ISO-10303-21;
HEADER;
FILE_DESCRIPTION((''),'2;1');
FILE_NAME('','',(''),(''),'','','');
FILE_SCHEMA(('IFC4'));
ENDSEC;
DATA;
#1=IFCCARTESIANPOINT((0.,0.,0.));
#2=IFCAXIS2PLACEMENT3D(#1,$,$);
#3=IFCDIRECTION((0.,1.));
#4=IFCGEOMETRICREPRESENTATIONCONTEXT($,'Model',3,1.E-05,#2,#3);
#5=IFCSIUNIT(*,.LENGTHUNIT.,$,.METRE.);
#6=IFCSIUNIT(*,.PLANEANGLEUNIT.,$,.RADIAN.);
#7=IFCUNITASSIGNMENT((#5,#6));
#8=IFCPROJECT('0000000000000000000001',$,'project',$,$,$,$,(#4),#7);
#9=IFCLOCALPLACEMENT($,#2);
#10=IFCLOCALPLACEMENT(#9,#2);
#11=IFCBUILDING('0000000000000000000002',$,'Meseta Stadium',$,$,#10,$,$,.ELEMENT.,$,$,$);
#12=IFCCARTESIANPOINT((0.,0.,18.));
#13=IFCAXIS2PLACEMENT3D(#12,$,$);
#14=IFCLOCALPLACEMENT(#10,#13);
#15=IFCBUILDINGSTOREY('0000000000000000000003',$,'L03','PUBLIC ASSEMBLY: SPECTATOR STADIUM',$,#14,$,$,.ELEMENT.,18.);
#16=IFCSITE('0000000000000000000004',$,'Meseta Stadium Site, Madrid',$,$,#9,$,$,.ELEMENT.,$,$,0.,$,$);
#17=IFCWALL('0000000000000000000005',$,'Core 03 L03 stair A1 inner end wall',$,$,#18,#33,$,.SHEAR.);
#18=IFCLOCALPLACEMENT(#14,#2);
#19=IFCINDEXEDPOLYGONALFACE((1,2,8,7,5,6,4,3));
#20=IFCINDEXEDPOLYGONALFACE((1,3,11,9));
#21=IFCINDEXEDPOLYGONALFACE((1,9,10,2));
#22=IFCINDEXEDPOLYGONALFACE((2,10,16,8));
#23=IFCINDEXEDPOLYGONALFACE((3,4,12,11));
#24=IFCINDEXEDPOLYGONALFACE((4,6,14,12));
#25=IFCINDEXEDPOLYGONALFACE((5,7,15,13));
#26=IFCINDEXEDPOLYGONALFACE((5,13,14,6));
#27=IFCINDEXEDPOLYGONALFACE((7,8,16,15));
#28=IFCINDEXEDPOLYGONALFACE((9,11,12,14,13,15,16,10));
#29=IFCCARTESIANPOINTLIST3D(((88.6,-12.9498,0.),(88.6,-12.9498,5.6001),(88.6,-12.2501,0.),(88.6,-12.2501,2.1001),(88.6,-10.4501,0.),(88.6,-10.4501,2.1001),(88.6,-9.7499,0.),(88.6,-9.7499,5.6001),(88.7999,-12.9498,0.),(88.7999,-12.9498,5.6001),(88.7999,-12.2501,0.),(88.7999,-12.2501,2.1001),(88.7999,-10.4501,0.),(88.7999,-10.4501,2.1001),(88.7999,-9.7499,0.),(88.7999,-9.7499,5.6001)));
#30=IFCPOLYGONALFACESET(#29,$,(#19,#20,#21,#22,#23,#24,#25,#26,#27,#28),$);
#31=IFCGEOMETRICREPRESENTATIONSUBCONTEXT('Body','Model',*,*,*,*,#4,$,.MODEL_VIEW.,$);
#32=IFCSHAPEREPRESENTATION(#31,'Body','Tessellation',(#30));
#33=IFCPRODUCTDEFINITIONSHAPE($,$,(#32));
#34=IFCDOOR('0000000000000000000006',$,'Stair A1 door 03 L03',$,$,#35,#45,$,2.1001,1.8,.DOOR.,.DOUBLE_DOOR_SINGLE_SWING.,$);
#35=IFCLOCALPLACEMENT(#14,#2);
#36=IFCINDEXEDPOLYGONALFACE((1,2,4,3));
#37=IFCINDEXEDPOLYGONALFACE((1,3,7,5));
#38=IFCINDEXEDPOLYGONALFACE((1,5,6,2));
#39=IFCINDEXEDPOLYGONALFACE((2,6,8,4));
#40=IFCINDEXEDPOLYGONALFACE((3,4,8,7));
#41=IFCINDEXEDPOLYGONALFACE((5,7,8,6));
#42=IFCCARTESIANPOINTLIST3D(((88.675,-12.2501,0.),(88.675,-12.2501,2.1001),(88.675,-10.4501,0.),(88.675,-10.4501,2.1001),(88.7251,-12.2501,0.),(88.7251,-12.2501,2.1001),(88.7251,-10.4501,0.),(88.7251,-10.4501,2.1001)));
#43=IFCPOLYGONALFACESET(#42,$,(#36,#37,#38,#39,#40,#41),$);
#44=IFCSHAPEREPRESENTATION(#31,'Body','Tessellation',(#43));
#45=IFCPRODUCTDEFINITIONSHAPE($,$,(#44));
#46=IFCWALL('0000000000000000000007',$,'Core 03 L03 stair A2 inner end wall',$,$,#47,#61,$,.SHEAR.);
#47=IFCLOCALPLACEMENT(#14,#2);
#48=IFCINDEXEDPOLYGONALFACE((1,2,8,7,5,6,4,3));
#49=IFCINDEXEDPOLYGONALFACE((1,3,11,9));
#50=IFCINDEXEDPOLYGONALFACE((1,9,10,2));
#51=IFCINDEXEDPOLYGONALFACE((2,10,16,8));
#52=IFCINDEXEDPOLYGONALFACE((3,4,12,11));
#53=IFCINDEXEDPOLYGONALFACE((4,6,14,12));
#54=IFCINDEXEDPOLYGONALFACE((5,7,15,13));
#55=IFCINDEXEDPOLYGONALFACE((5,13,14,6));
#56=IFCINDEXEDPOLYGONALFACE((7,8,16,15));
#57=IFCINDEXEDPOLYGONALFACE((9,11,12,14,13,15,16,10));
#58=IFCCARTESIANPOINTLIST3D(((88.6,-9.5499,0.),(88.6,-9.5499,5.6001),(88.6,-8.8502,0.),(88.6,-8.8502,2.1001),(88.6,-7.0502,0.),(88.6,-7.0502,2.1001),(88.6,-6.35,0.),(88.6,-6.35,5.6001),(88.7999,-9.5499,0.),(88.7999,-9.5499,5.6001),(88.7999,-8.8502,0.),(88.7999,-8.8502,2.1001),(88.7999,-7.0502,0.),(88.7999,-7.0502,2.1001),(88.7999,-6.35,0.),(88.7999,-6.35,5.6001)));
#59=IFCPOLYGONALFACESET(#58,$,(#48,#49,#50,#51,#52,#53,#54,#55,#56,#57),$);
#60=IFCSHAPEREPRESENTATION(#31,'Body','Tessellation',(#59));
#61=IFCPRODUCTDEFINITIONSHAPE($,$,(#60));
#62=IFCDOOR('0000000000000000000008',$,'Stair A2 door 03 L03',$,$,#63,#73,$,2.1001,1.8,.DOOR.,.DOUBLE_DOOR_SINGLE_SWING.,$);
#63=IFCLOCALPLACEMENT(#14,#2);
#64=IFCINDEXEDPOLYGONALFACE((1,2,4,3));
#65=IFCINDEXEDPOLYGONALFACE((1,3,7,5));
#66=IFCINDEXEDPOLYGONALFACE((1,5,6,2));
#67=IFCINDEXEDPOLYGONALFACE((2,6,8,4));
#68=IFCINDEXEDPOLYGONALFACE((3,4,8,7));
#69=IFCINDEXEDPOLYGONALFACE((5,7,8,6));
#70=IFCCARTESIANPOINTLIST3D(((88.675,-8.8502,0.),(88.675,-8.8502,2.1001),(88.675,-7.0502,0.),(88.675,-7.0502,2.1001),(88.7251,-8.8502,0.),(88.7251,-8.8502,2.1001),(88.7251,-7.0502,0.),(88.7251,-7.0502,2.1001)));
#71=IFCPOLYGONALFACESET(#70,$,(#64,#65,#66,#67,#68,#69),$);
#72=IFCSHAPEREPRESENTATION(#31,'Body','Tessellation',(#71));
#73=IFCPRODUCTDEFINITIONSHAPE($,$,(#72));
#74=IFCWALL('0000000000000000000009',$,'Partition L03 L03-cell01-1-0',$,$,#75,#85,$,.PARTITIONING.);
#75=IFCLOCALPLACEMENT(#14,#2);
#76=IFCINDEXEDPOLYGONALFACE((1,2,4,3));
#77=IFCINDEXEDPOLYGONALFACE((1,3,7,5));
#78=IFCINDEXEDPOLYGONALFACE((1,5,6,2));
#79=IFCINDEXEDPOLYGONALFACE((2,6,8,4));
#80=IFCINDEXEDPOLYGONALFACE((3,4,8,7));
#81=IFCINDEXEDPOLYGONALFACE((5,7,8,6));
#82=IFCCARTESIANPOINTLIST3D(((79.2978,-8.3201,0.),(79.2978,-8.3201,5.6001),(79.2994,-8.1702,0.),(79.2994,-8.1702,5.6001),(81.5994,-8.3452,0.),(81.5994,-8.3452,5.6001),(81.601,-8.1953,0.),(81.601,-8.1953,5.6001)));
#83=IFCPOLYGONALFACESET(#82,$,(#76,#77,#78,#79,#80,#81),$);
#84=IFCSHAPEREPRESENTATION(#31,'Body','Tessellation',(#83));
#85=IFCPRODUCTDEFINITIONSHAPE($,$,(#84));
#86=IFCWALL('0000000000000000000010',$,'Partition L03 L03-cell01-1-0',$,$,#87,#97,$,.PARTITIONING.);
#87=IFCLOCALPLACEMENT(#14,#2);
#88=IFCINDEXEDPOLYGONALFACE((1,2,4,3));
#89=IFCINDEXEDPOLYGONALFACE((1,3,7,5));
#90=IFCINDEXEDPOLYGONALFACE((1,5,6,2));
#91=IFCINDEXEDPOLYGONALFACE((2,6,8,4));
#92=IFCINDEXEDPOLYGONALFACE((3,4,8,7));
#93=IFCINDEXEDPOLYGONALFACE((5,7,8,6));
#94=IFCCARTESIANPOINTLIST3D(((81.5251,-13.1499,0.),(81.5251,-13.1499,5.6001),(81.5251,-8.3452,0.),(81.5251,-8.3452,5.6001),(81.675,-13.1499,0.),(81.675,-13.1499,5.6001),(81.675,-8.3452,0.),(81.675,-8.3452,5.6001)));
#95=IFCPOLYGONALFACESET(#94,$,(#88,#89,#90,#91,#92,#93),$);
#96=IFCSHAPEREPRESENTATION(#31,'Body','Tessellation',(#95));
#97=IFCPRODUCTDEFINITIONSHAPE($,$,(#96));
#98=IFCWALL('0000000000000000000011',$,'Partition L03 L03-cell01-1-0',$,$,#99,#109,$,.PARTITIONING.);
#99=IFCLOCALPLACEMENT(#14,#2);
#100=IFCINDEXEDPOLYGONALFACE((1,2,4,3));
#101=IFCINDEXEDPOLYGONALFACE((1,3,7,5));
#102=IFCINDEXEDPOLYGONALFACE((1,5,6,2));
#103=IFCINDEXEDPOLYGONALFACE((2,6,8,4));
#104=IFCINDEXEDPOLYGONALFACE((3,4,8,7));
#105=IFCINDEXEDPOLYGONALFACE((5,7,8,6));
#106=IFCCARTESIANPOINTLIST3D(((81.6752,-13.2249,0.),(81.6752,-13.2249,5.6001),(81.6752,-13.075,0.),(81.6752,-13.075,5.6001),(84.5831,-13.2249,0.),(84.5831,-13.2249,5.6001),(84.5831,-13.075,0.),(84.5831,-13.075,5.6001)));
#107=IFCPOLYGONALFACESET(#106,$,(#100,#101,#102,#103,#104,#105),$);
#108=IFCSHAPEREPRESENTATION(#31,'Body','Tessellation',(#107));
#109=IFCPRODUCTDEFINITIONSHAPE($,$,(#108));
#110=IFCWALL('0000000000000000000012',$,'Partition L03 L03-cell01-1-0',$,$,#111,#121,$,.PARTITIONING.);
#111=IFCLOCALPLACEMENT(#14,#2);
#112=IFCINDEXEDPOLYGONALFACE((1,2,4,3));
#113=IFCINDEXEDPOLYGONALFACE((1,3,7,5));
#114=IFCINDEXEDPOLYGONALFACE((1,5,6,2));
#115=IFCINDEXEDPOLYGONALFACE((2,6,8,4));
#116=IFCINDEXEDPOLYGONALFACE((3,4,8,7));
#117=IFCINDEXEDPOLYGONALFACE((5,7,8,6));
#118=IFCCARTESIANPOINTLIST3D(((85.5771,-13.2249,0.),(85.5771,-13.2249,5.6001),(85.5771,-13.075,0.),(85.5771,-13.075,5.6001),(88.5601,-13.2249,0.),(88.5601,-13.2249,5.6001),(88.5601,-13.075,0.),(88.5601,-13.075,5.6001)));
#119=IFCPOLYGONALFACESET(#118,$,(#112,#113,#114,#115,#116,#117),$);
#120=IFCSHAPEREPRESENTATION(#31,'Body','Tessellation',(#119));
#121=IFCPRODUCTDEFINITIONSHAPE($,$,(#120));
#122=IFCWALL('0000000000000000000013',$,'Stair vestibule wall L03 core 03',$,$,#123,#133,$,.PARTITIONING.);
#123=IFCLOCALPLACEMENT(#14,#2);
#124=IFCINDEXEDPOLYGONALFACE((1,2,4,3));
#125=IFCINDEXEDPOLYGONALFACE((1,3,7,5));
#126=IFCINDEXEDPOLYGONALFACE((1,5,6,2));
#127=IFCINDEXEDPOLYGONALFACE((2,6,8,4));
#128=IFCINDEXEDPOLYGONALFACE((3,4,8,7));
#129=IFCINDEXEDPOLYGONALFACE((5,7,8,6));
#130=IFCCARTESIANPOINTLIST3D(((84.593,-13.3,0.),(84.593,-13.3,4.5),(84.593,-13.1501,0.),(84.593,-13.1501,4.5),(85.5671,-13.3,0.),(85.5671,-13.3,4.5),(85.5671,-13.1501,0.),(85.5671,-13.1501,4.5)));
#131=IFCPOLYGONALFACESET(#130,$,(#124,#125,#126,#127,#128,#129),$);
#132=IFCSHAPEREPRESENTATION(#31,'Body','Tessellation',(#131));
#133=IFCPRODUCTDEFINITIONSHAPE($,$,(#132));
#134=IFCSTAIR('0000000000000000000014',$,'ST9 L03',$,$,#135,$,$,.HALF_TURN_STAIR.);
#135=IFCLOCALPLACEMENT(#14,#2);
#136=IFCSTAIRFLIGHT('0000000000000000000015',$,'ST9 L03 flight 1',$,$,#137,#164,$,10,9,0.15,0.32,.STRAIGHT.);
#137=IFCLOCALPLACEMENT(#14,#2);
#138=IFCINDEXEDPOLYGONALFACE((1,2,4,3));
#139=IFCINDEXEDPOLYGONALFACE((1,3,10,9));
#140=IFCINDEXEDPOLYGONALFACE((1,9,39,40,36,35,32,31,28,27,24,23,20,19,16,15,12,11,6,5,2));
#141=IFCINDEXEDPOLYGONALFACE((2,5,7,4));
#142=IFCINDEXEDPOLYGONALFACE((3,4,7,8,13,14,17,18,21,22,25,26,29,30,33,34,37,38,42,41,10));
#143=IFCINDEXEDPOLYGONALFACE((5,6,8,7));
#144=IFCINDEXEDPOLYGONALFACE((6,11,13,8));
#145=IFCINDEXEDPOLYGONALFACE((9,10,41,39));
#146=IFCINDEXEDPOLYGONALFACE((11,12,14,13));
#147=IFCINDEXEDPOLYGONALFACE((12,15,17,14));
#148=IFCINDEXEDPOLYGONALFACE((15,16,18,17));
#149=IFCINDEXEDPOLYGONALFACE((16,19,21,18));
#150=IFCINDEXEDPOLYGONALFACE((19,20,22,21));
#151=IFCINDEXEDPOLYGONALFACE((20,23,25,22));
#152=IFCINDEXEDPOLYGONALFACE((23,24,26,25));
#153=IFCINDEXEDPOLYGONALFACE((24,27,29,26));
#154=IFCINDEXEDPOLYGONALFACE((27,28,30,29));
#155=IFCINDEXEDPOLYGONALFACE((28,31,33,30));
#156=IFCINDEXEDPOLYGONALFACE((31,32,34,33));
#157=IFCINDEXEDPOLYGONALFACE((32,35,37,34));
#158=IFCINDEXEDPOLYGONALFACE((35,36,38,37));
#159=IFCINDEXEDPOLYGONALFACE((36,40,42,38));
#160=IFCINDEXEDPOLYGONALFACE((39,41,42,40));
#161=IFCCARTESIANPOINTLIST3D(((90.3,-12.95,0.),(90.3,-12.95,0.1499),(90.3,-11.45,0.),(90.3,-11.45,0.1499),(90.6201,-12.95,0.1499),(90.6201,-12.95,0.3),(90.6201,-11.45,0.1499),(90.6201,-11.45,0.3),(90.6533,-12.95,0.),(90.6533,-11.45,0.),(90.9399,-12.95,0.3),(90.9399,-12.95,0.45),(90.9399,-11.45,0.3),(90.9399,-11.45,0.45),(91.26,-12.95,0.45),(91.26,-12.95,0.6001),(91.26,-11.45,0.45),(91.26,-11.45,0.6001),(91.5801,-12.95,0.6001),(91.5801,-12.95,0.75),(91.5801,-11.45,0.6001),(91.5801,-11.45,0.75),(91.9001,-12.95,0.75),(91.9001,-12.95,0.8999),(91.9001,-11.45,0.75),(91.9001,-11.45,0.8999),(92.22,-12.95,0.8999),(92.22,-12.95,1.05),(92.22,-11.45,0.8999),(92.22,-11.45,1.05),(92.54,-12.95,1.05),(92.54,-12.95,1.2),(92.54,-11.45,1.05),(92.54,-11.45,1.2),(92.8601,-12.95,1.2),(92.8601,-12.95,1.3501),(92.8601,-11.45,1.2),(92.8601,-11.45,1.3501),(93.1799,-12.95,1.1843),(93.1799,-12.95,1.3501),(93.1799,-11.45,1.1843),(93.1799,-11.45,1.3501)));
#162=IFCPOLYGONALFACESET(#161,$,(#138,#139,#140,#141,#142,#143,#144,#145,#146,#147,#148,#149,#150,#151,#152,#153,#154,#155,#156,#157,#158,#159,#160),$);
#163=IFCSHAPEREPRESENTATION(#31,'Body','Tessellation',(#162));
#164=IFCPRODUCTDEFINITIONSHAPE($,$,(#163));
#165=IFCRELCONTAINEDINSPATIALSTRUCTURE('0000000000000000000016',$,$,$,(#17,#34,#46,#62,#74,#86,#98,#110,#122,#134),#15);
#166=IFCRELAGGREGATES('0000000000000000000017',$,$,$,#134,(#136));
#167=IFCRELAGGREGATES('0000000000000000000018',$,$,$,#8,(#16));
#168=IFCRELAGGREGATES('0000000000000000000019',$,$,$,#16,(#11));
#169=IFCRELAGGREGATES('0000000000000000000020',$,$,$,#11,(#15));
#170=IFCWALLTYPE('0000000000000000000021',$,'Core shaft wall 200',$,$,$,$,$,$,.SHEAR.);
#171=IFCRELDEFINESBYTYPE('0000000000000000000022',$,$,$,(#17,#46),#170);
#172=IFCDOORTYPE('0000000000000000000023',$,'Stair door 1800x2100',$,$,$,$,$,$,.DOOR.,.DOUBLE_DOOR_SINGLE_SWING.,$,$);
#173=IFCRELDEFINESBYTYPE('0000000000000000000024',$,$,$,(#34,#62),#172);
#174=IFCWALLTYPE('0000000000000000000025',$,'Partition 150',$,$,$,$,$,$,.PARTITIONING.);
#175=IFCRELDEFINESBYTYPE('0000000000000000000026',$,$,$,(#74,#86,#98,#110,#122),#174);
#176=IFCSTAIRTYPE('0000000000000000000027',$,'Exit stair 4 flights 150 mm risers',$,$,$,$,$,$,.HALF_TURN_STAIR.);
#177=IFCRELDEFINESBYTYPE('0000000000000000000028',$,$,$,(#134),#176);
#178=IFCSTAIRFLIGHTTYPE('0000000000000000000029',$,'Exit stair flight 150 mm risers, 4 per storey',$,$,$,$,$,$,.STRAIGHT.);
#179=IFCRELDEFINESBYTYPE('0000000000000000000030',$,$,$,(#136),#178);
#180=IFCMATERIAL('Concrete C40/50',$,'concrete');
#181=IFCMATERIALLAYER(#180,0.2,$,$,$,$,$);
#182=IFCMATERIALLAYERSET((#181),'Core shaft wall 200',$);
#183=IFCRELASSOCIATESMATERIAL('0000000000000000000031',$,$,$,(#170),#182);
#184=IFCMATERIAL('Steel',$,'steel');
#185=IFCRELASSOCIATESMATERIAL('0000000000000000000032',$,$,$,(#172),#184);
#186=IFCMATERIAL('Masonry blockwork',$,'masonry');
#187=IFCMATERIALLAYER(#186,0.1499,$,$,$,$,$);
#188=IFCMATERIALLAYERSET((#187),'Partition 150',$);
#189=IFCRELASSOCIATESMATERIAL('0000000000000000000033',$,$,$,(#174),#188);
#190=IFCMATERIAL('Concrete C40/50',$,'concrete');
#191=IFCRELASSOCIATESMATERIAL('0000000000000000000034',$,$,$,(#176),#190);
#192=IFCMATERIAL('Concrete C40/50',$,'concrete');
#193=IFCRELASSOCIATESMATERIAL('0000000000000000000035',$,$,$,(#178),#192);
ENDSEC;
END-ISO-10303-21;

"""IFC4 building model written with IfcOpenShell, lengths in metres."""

from ifc_helpers import new_model, si_unit, direction, frame, frame_2d, origin, place, context, subcontext, project, spatial, polyline, rectangle, outline, extrude, material, layer, layer_set, type_object, element, fill, aggregate, save


model = new_model("IFC4")

# Units and contexts
model_context = context("Model", 3, precision=1e-05, world=origin(), true_north=direction((0.0, 1.0)))
body_context = subcontext(model_context, "Body", "Model", "MODEL_VIEW")
ifc_project = project(units=[si_unit("LENGTHUNIT", "METRE"), si_unit("PLANEANGLEUNIT", "RADIAN")], contexts=[model_context])

# Site, building, storey
site_placement = place(None, origin())
site = spatial("IfcSite", under=ifc_project, at=site_placement, Name="Meseta Stadium Site, Madrid", CompositionType="ELEMENT", RefElevation=0.0)
building_placement = place(site_placement, origin())
building = spatial("IfcBuilding", under=site, at=building_placement, Name="Meseta Stadium", CompositionType="ELEMENT")
storey_placement = place(building_placement, frame((0.0, 0.0, 18.0)))
storey = spatial("IfcBuildingStorey", under=building, at=storey_placement, Name="L03", Description="PUBLIC ASSEMBLY: SPECTATOR STADIUM", CompositionType="ELEMENT", Elevation=18.0)

# Walls, openings, doors
ifc_material_1 = material(Name="Concrete C40/50", Category="concrete")
ifc_layer_1 = layer(ifc_material_1, 0.2)
ifc_layer_set_1 = layer_set([ifc_layer_1], Name="Core shaft wall 200")
wall_type_1 = type_object("IfcWallType", Name="Core shaft wall 200", PredefinedType="SHEAR", material=ifc_layer_set_1)
wall_1_placement = place(storey_placement, frame((88.7, -12.95, 0.0), z_axis=(0.0, 0.0, 1.0), x_axis=(0.0, 1.0, 0.0)))
wall_1 = element("IfcWall", 1, at=wall_1_placement, inside=storey, type_object=wall_type_1, Name="Core 03 L03 stair A1 inner end wall", PredefinedType="SHEAR", context=body_context, shape_type="SweptSolid", body=[
    extrude(rectangle(XDim=3.2, YDim=0.2, at=frame_2d((1.6001, 0.0))), origin(), (0.0, 0.0, 1.0), 5.6001),
])
opening_1_placement = place(wall_1_placement, frame((0.7, 0.0, 0.0)))
opening_1 = element("IfcOpeningElement", 2, at=opening_1_placement, cuts=wall_1, PredefinedType="OPENING", context=body_context, shape_type="SweptSolid", body=[
    extrude(rectangle(XDim=1.8, YDim=2.1001, at=frame_2d((0.8999, 1.05))), frame((0.0, 0.1099, 0.0), z_axis=(0.0, -1.0, 0.0), x_axis=(1.0, 0.0, 0.0)), (0.0, 0.0, 1.0), 0.22),
])
ifc_material_2 = material(Name="Steel", Category="steel")
door_type = type_object("IfcDoorType", Name="Stair door 1800x2100", OperationType="DOUBLE_DOOR_SINGLE_SWING", PredefinedType="DOOR", material=ifc_material_2)
door_1_placement = place(opening_1_placement, origin())
door_1 = element("IfcDoor", 3, at=door_1_placement, inside=storey, type_object=door_type, Name="Stair A1 door 03 L03", OperationType="DOUBLE_DOOR_SINGLE_SWING", OverallHeight=2.1001, OverallWidth=1.8, PredefinedType="DOOR", context=body_context, shape_type="SweptSolid", body=[
    extrude(rectangle(XDim=1.8, YDim=2.1001, at=frame_2d((0.8999, 1.05))), frame((0.0, 0.0249, 0.0), z_axis=(0.0, -1.0, 0.0), x_axis=(1.0, 0.0, 0.0)), (0.0, 0.0, 1.0), 0.05),
])
fill(opening_1, door_1)
wall_2_placement = place(storey_placement, frame((88.7, -9.55, 0.0), z_axis=(0.0, 0.0, 1.0), x_axis=(0.0, 1.0, 0.0)))
wall_2 = element("IfcWall", 4, at=wall_2_placement, inside=storey, type_object=wall_type_1, Name="Core 03 L03 stair A2 inner end wall", PredefinedType="SHEAR", context=body_context, shape_type="SweptSolid", body=[
    extrude(rectangle(XDim=3.2, YDim=0.2, at=frame_2d((1.6001, 0.0))), origin(), (0.0, 0.0, 1.0), 5.6001),
])
opening_2_placement = place(wall_2_placement, frame((0.7, 0.0, 0.0)))
opening_2 = element("IfcOpeningElement", 5, at=opening_2_placement, cuts=wall_2, PredefinedType="OPENING", context=body_context, shape_type="SweptSolid", body=[
    extrude(rectangle(XDim=1.8, YDim=2.1001, at=frame_2d((0.8999, 1.05))), frame((0.0, 0.1099, 0.0), z_axis=(0.0, -1.0, 0.0), x_axis=(1.0, 0.0, 0.0)), (0.0, 0.0, 1.0), 0.22),
])
door_2_placement = place(opening_2_placement, origin())
door_2 = element("IfcDoor", 6, at=door_2_placement, inside=storey, type_object=door_type, Name="Stair A2 door 03 L03", OperationType="DOUBLE_DOOR_SINGLE_SWING", OverallHeight=2.1001, OverallWidth=1.8, PredefinedType="DOOR", context=body_context, shape_type="SweptSolid", body=[
    extrude(rectangle(XDim=1.8, YDim=2.1001, at=frame_2d((0.8999, 1.05))), frame((0.0, 0.0249, 0.0), z_axis=(0.0, -1.0, 0.0), x_axis=(1.0, 0.0, 0.0)), (0.0, 0.0, 1.0), 0.05),
])
fill(opening_2, door_2)

# Walls
ifc_material_3 = material(Name="Masonry blockwork", Category="masonry")
ifc_layer_2 = layer(ifc_material_3, 0.1499)
ifc_layer_set_2 = layer_set([ifc_layer_2], Name="Partition 150")
wall_type_2 = type_object("IfcWallType", Name="Partition 150", PredefinedType="PARTITIONING", material=ifc_layer_set_2)
wall_3_placement = place(storey_placement, frame((79.2986, -8.2451, 0.0), z_axis=(0.0, 0.0, 1.0), x_axis=(0.99994, -0.010925, 0.0)))
element("IfcWall", 7, at=wall_3_placement, inside=storey, type_object=wall_type_2, Name="Partition L03 L03-cell01-1-0", PredefinedType="PARTITIONING", context=body_context, shape_type="SweptSolid", body=[
    extrude(rectangle(XDim=2.3018, YDim=0.1499, at=frame_2d((1.1509, 0.0))), origin(), (0.0, 0.0, 1.0), 5.6001),
])
wall_4_placement = place(storey_placement, frame((81.6001, -8.3452, 0.0), z_axis=(0.0, 0.0, 1.0), x_axis=(0.0, -1.0, 0.0)))
element("IfcWall", 8, at=wall_4_placement, inside=storey, type_object=wall_type_2, Name="Partition L03 L03-cell01-1-0", PredefinedType="PARTITIONING", context=body_context, shape_type="SweptSolid", body=[
    extrude(rectangle(XDim=4.8047, YDim=0.1499, at=frame_2d((2.4023, 0.0))), origin(), (0.0, 0.0, 1.0), 5.6001),
])
wall_5_placement = place(storey_placement, frame((81.675, -13.1499, 0.0), z_axis=(0.0, 0.0, 1.0), x_axis=(1.0, 0.0, 0.0)))
element("IfcWall", 9, at=wall_5_placement, inside=storey, type_object=wall_type_2, Name="Partition L03 L03-cell01-1-0", PredefinedType="PARTITIONING", context=body_context, shape_type="SweptSolid", body=[
    extrude(rectangle(XDim=2.908, YDim=0.1499, at=frame_2d((1.4541, 0.0))), origin(), (0.0, 0.0, 1.0), 5.6001),
])
wall_6_placement = place(storey_placement, frame((85.5771, -13.1499, 0.0), z_axis=(0.0, 0.0, 1.0), x_axis=(1.0, 0.0, 0.0)))
element("IfcWall", 10, at=wall_6_placement, inside=storey, type_object=wall_type_2, Name="Partition L03 L03-cell01-1-0", PredefinedType="PARTITIONING", context=body_context, shape_type="SweptSolid", body=[
    extrude(rectangle(XDim=2.9829, YDim=0.1499, at=frame_2d((1.4915, 0.0))), origin(), (0.0, 0.0, 1.0), 5.6001),
])
wall_7_placement = place(storey_placement, frame((84.593, -13.2251, 0.0), z_axis=(0.0, 0.0, 1.0), x_axis=(1.0, 0.0, 0.0)))
element("IfcWall", 11, at=wall_7_placement, inside=storey, type_object=wall_type_2, Name="Stair vestibule wall L03 core 03", PredefinedType="PARTITIONING", context=body_context, shape_type="SweptSolid", body=[
    extrude(rectangle(XDim=0.9741, YDim=0.1499, at=frame_2d((0.4871, 0.0))), origin(), (0.0, 0.0, 1.0), 4.5),
])

# Stair, stair flight
ifc_material_4 = material(Name="Concrete C40/50", Category="concrete")
stair_type = type_object("IfcStairType", Name="Exit stair 4 flights 150 mm risers", PredefinedType="HALF_TURN_STAIR", material=ifc_material_4)
stair_1_placement = place(storey_placement, origin())
stair_1 = element("IfcStair", 12, at=stair_1_placement, inside=storey, type_object=stair_type, Name="ST9 L03", PredefinedType="HALF_TURN_STAIR")
ifc_material_5 = material(Name="Concrete C40/50", Category="concrete")
stair_flight_type = type_object("IfcStairFlightType", Name="Exit stair flight 150 mm risers, 4 per storey", PredefinedType="STRAIGHT", material=ifc_material_5)
stair_flight_1_placement = place(storey_placement, frame((90.3, -12.2, 0.0), z_axis=(0.0, 0.0, 1.0), x_axis=(1.0, 0.0, 0.0)))
stair_flight_1 = element("IfcStairFlight", 13, at=stair_flight_1_placement, type_object=stair_flight_type, Name="ST9 L03 flight 1", NumberOfRisers=10, NumberOfTreads=9, PredefinedType="STRAIGHT", RiserHeight=0.15, TreadLength=0.32, context=body_context, shape_type="SweptSolid", body=[
    extrude(outline(polyline([(0.0, 0.0), (0.0, 0.1499), (0.3201, 0.1499), (0.3201, 0.3), (0.6399, 0.3), (0.6399, 0.45), (0.96, 0.45), (0.96, 0.6001), (1.28, 0.6001), (1.28, 0.75), (1.6001, 0.75), (1.6001, 0.8999), (1.9199, 0.8999), (1.9199, 1.05), (2.24, 1.05), (2.24, 1.2), (2.5601, 1.2), (2.5601, 1.3501), (2.8799, 1.3501), (2.8799, 1.1843), (0.3533, 0.0), (0.0, 0.0)])), frame((0.0, 0.75, 0.0), z_axis=(0.0, -1.0, 0.0), x_axis=(1.0, 0.0, 0.0)), (0.0, 0.0, 1.0), 1.5),
])
aggregate(stair_1, [stair_flight_1])

save(model, "model.ifc")
